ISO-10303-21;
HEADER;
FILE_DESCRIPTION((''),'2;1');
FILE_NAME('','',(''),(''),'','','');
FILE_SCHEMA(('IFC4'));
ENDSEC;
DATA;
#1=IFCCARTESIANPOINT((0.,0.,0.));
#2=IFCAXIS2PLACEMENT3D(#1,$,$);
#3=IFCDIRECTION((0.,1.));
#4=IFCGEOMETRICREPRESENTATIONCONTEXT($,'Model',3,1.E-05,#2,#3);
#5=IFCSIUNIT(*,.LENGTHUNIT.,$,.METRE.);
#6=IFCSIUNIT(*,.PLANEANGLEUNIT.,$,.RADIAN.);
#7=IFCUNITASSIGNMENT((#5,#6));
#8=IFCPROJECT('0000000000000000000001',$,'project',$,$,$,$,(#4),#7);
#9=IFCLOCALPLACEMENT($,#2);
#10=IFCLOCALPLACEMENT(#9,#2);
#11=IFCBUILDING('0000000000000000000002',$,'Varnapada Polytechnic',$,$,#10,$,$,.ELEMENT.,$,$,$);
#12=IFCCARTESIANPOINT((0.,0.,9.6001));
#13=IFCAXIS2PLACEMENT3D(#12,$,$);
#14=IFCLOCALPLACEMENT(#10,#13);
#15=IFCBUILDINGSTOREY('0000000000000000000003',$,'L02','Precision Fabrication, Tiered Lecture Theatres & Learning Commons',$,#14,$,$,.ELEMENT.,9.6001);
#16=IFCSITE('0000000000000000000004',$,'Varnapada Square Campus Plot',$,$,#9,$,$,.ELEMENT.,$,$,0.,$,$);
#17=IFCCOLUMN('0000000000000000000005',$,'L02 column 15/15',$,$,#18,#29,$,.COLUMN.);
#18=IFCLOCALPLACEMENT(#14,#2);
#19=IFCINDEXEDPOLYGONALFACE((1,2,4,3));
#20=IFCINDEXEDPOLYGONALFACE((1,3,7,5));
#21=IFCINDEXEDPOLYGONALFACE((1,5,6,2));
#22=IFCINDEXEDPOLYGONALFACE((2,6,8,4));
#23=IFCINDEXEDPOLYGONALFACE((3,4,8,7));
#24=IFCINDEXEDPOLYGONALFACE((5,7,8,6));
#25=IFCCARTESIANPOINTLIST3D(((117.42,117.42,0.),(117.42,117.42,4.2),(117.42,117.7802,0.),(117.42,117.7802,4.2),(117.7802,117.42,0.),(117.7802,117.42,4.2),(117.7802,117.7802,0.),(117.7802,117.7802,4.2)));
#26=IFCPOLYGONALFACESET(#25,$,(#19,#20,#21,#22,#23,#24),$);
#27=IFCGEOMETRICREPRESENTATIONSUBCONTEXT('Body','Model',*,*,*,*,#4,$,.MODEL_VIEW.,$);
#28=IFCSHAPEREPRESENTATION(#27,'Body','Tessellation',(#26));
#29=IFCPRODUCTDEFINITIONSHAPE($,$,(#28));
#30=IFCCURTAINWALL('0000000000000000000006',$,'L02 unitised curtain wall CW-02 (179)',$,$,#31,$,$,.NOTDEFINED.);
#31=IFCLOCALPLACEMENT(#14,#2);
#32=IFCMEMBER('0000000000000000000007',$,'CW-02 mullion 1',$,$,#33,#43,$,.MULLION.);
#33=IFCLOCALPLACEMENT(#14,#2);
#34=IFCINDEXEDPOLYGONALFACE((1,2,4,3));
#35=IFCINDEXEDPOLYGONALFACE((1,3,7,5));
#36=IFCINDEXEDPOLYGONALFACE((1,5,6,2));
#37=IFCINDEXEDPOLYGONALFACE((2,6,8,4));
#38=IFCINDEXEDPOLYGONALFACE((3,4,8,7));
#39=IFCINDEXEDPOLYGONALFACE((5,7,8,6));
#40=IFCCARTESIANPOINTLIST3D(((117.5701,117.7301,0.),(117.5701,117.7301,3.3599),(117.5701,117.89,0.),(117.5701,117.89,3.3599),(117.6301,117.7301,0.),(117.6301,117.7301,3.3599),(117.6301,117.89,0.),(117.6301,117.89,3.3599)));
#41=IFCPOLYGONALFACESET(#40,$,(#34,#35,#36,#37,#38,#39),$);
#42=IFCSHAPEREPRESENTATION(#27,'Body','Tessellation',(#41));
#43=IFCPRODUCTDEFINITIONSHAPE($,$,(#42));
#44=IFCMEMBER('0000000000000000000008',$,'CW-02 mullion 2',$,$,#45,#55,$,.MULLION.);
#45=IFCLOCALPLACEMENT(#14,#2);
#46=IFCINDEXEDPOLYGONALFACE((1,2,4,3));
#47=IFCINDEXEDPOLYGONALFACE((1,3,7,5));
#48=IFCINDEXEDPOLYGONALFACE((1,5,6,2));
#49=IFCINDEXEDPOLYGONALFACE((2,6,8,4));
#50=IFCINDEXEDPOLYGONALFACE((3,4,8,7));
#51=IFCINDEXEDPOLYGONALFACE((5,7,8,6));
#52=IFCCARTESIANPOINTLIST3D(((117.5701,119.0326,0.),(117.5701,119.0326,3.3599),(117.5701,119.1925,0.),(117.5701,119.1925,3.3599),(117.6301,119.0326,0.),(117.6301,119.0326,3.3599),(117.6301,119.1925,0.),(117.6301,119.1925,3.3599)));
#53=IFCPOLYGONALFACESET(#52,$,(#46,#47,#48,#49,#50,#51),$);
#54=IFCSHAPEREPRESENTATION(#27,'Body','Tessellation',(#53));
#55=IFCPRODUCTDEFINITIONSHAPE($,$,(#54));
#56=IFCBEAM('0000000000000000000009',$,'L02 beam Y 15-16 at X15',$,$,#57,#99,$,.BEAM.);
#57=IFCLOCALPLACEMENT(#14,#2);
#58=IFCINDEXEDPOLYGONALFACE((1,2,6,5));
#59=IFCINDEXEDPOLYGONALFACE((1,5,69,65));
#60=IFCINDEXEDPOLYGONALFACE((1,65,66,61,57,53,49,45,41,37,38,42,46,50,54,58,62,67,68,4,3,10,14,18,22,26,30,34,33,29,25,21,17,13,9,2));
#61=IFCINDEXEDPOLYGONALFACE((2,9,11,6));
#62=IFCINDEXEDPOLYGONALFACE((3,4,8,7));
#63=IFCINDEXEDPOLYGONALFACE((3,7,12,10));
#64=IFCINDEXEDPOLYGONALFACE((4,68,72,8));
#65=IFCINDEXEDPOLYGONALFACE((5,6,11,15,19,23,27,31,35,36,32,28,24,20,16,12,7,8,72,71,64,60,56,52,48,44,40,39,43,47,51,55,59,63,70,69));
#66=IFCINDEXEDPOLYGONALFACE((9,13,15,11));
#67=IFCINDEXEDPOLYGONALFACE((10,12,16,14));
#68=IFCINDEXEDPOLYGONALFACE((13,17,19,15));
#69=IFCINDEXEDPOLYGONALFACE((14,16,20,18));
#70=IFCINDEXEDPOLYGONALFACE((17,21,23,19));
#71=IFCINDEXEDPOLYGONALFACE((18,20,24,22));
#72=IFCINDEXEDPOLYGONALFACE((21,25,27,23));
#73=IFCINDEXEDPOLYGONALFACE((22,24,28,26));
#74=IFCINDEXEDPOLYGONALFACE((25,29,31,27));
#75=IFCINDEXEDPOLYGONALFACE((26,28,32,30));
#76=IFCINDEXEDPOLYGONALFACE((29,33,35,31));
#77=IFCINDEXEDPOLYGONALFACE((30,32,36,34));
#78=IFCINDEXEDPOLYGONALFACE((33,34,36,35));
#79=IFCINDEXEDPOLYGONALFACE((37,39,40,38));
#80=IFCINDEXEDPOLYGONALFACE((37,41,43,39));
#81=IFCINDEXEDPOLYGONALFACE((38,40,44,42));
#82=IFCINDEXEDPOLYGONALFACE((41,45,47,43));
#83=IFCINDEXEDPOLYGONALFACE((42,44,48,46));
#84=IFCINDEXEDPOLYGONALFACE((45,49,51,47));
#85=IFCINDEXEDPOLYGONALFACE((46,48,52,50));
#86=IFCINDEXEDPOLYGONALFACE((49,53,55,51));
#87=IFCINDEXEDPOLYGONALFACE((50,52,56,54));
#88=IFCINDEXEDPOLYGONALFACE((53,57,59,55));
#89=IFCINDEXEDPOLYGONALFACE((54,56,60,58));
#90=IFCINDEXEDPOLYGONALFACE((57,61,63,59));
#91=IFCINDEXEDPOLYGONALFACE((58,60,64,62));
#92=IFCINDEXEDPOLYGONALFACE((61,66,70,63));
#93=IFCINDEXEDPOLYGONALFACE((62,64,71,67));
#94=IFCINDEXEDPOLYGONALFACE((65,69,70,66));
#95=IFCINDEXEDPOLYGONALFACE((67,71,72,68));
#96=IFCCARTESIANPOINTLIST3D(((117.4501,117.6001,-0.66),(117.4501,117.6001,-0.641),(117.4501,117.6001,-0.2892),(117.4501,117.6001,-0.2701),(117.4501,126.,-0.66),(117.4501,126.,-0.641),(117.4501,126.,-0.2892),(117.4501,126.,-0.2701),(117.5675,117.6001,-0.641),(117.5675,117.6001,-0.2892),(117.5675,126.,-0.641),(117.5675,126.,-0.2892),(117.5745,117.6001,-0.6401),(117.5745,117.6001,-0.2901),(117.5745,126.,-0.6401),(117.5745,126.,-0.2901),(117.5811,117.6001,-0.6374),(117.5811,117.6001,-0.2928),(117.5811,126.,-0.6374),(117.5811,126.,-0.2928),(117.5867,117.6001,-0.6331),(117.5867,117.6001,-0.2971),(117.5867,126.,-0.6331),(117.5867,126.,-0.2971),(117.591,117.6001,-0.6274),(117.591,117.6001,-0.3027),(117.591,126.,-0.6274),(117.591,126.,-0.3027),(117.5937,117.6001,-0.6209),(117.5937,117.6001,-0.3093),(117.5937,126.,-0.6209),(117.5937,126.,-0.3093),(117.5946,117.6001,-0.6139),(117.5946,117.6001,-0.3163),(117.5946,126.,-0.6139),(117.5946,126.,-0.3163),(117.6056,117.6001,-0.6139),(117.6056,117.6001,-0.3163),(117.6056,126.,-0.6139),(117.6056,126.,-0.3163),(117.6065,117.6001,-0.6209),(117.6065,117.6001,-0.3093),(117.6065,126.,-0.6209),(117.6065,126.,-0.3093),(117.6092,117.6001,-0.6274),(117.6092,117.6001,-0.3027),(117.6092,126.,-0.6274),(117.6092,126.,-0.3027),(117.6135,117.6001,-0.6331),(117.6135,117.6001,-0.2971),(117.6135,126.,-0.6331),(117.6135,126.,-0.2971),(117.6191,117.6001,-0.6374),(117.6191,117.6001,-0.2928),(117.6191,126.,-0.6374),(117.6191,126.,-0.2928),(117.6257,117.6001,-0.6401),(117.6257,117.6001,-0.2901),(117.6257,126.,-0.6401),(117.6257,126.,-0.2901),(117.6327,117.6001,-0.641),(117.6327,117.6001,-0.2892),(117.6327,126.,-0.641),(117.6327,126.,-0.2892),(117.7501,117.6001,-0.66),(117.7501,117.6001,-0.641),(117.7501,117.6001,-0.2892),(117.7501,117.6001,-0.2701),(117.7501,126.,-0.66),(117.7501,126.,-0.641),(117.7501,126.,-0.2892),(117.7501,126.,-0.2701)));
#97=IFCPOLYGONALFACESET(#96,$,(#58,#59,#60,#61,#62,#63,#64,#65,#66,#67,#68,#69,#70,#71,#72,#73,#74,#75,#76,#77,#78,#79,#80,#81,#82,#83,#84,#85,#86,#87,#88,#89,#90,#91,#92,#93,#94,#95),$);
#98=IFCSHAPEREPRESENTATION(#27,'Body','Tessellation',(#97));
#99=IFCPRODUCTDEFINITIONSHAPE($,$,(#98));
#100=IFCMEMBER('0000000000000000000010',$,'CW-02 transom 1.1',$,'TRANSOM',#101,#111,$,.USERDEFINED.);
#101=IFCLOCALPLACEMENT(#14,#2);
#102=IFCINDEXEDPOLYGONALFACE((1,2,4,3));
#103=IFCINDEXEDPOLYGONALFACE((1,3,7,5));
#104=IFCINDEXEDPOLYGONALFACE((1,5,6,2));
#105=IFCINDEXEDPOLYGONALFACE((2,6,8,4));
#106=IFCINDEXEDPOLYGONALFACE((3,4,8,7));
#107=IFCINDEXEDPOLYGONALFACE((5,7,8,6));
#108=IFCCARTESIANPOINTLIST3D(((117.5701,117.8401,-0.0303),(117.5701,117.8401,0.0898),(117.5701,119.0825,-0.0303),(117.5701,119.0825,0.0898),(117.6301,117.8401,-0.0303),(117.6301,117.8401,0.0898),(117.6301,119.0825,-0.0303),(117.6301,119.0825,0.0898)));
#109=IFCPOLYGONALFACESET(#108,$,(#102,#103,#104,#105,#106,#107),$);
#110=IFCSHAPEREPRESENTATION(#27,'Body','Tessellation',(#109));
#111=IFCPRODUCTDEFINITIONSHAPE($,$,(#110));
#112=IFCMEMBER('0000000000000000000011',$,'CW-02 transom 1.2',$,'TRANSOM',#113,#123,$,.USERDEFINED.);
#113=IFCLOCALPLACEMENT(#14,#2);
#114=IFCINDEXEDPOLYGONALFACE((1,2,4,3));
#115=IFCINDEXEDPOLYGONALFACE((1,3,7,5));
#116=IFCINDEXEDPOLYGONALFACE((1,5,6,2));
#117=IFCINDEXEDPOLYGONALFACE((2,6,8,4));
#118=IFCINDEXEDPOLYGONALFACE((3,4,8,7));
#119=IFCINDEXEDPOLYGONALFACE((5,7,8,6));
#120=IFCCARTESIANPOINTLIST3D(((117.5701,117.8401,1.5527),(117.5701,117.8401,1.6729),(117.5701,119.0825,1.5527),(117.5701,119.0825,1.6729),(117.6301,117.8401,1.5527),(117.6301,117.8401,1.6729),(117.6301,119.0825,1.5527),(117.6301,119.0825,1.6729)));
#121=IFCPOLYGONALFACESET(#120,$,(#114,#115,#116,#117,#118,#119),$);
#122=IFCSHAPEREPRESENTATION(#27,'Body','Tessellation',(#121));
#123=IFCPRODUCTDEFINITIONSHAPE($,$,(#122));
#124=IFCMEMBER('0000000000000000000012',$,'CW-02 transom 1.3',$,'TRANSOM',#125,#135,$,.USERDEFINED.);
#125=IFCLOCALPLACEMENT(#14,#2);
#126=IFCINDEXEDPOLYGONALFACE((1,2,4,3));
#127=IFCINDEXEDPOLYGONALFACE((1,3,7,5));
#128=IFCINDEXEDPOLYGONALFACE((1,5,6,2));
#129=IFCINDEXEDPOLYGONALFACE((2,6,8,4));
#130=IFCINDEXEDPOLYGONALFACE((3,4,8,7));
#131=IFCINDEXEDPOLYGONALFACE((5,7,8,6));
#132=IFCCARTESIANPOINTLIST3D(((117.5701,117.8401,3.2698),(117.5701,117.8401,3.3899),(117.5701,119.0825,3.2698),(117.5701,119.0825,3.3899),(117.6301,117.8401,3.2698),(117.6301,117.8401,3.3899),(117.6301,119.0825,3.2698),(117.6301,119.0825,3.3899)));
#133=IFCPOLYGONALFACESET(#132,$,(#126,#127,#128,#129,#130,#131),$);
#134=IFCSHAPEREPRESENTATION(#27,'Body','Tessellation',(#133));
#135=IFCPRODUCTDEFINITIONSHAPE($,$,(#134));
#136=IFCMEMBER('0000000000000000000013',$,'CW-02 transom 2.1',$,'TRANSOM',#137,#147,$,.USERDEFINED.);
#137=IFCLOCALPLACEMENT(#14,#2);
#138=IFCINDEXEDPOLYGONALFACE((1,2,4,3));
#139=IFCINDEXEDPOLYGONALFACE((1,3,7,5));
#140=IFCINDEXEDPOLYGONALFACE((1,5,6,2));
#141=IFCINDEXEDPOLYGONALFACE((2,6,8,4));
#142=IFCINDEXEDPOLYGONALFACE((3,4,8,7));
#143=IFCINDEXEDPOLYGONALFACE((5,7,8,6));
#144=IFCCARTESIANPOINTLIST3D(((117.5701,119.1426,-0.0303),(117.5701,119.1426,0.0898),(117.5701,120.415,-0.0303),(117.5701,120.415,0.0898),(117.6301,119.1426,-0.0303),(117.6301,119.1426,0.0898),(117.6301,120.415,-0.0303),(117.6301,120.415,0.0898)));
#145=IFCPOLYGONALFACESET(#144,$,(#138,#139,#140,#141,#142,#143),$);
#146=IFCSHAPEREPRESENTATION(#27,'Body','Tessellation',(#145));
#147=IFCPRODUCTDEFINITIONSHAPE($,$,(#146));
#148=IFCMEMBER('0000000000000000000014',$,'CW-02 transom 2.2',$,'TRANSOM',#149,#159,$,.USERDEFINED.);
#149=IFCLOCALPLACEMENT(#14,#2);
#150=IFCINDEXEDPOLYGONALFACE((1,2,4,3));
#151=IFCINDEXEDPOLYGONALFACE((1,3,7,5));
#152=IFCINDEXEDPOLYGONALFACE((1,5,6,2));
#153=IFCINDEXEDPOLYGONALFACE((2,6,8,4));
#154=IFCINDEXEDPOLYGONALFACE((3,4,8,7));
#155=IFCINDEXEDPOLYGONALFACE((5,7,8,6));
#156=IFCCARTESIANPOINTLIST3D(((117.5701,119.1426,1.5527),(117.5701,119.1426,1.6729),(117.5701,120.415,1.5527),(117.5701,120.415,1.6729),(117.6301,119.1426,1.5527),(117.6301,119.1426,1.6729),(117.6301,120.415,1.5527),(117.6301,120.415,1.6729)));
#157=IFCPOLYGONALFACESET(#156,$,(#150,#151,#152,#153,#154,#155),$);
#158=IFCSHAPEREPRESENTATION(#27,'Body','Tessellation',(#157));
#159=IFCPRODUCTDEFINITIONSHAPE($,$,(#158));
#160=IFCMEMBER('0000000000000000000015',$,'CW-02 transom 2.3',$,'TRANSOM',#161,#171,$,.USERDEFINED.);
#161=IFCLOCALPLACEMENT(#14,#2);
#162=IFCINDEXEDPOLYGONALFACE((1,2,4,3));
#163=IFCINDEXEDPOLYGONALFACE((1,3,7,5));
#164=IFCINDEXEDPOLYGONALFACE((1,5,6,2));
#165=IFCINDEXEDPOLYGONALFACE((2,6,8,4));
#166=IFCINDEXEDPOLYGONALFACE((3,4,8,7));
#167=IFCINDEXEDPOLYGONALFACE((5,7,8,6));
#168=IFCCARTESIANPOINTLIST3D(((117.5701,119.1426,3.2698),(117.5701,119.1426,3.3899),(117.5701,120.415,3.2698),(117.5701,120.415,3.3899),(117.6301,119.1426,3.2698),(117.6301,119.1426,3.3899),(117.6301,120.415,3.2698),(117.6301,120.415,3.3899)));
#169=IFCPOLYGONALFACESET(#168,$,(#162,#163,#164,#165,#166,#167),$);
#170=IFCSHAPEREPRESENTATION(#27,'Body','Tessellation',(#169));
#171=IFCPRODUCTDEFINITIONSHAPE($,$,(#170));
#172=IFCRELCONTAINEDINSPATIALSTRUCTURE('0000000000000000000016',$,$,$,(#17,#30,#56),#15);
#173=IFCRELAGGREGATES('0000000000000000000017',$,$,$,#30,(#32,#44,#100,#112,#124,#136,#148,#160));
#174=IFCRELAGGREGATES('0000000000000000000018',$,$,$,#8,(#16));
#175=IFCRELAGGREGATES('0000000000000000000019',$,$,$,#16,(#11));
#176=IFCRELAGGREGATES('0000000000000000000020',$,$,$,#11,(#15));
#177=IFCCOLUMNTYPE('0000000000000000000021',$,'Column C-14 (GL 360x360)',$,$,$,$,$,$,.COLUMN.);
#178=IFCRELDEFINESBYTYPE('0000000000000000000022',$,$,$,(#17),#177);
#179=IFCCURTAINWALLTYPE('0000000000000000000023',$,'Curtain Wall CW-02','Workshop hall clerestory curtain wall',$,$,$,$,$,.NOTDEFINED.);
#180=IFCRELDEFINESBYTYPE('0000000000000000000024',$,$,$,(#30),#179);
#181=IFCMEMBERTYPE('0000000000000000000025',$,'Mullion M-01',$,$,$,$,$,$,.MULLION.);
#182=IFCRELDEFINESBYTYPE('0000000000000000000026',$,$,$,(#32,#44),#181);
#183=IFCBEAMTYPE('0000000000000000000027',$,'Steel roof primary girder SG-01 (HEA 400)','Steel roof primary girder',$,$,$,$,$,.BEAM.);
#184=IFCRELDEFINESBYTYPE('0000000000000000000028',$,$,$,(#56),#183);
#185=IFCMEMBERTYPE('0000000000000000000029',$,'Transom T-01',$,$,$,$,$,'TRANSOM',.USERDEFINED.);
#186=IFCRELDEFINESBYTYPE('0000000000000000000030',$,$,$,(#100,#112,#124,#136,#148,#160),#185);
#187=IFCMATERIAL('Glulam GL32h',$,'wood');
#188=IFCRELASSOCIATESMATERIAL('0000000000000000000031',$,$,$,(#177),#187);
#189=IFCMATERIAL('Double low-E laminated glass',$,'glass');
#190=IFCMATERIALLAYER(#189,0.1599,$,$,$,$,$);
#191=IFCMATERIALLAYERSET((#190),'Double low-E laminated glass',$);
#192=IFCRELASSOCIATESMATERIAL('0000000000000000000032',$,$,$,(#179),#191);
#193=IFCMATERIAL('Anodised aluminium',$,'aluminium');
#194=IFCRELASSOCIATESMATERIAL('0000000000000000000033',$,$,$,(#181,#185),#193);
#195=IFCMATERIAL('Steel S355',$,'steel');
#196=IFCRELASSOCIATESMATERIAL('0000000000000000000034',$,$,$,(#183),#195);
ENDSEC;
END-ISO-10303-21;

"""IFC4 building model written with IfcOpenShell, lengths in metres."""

from ifc_helpers import new_model, si_unit, direction, frame, origin, origin_2d, place, context, subcontext, project, spatial, rectangle, i_section, extrude, material, layer, layer_set, material_profile, profile_set, type_object, element, aggregate, save


model = new_model("IFC4")

# Units and contexts
model_context = context("Model", 3, precision=1e-05, world=origin(), true_north=direction((0.0, 1.0)))
body_context = subcontext(model_context, "Body", "Model", "MODEL_VIEW")
ifc_project = project(units=[si_unit("LENGTHUNIT", "METRE"), si_unit("PLANEANGLEUNIT", "RADIAN")], contexts=[model_context])

# Site, building, storey
site_placement = place(None, origin())
site = spatial("IfcSite", under=ifc_project, at=site_placement, Name="Varnapada Square Campus Plot", CompositionType="ELEMENT", RefElevation=0.0)
building_placement = place(site_placement, origin())
building = spatial("IfcBuilding", under=site, at=building_placement, Name="Varnapada Polytechnic", CompositionType="ELEMENT")
storey_placement = place(building_placement, frame((0.0, 0.0, 9.6001)))
storey = spatial("IfcBuildingStorey", under=building, at=storey_placement, Name="L02", Description="Precision Fabrication, Tiered Lecture Theatres & Learning Commons", CompositionType="ELEMENT", Elevation=9.6001)

# Column
ifc_material_1 = material(Name="Glulam GL32h", Category="wood")
ifc_material_profile_1 = material_profile(ifc_material_1, rectangle(XDim=0.3601, YDim=0.3601, at=origin_2d()), Name="GL 360x360")
ifc_profile_set_1 = profile_set([ifc_material_profile_1], Name="Glulam GL32h")
column_type = type_object("IfcColumnType", Name="Column C-14 (GL 360x360)", PredefinedType="COLUMN", material=ifc_profile_set_1)
column_placement = place(storey_placement, frame((117.6001, 117.6001, 0.0), z_axis=(0.0, 0.0, 1.0), x_axis=(1.0, 0.0, 0.0)))
element("IfcColumn", 1, at=column_placement, inside=storey, type_object=column_type, Name="L02 column 15/15", PredefinedType="COLUMN", context=body_context, shape_type="SweptSolid", body=[
    extrude(rectangle(XDim=0.3601, YDim=0.3601, at=origin_2d()), origin(), (0.0, 0.0, 1.0), 4.2),
])

# Curtain wall, members
ifc_material_2 = material(Name="Double low-E laminated glass", Category="glass")
ifc_layer_1 = layer(ifc_material_2, 0.1599)
ifc_layer_set_1 = layer_set([ifc_layer_1], Name="Double low-E laminated glass")
curtain_wall_type = type_object("IfcCurtainWallType", Name="Curtain Wall CW-02", Description="Workshop hall clerestory curtain wall", PredefinedType="NOTDEFINED", material=ifc_layer_set_1)
curtain_wall_placement = place(storey_placement, origin())
curtain_wall = element("IfcCurtainWall", 2, at=curtain_wall_placement, inside=storey, type_object=curtain_wall_type, Name="L02 unitised curtain wall CW-02 (179)", PredefinedType="NOTDEFINED")
ifc_material_3 = material(Name="Anodised aluminium", Category="aluminium")
ifc_material_profile_2 = material_profile(ifc_material_3, rectangle(XDim=0.0601, YDim=0.1599, at=origin_2d()), Name="ALU M60x160")
ifc_profile_set_2 = profile_set([ifc_material_profile_2], Name="Anodised aluminium")
member_type_1 = type_object("IfcMemberType", Name="Mullion M-01", PredefinedType="MULLION", material=ifc_profile_set_2)
member_1_placement = place(storey_placement, frame((117.6001, 117.8101, 0.0), z_axis=(0.0, 0.0, 1.0), x_axis=(-1.0, 0.0, 0.0)))
member_1 = element("IfcMember", 3, at=member_1_placement, type_object=member_type_1, Name="CW-02 mullion 1", PredefinedType="MULLION", context=body_context, shape_type="SweptSolid", body=[
    extrude(rectangle(XDim=0.0601, YDim=0.1599, at=origin_2d()), origin(), (0.0, 0.0, 1.0), 3.3599),
])
member_2_placement = place(storey_placement, frame((117.6001, 119.1125, 0.0), z_axis=(0.0, 0.0, 1.0), x_axis=(-1.0, 0.0, 0.0)))
member_2 = element("IfcMember", 4, at=member_2_placement, type_object=member_type_1, Name="CW-02 mullion 2", PredefinedType="MULLION", context=body_context, shape_type="SweptSolid", body=[
    extrude(rectangle(XDim=0.0601, YDim=0.1599, at=origin_2d()), origin(), (0.0, 0.0, 1.0), 3.3599),
])

# Beam
ifc_material_4 = material(Name="Steel S355", Category="steel")
ifc_material_profile_3 = material_profile(ifc_material_4, i_section(OverallWidth=0.3, OverallDepth=0.3899, WebThickness=0.011, FlangeThickness=0.019, FilletRadius=0.0271, at=origin_2d()), Name="HEA 400")
ifc_profile_set_3 = profile_set([ifc_material_profile_3], Name="Steel S355")
beam_type_1 = type_object("IfcBeamType", Name="Steel roof primary girder SG-01 (HEA 400)", Description="Steel roof primary girder", PredefinedType="BEAM", material=ifc_profile_set_3)
beam_1_placement = place(storey_placement, frame((117.6001, 117.6001, -0.4651), z_axis=(0.0, 1.0, 0.0), x_axis=(-1.0, 0.0, 0.0)))
element("IfcBeam", 5, at=beam_1_placement, inside=storey, type_object=beam_type_1, Name="L02 beam Y 15-16 at X15", PredefinedType="BEAM", context=body_context, shape_type="SweptSolid", body=[
    extrude(i_section(OverallWidth=0.3, OverallDepth=0.3899, WebThickness=0.011, FlangeThickness=0.019, FilletRadius=0.0271, at=origin_2d()), origin(), (0.0, 0.0, 1.0), 8.3999),
])

# Members
ifc_material_profile_4 = material_profile(ifc_material_3, rectangle(XDim=0.0601, YDim=0.1201, at=origin_2d()), Name="ALU T60x120")
ifc_profile_set_4 = profile_set([ifc_material_profile_4], Name="Anodised aluminium")
member_type_2 = type_object("IfcMemberType", Name="Transom T-01", ElementType="TRANSOM", PredefinedType="USERDEFINED", material=ifc_profile_set_4)
member_3_placement = place(storey_placement, frame((117.6001, 117.8401, 0.0298), z_axis=(0.0, 1.0, 0.0), x_axis=(-1.0, 0.0, 0.0)))
member_3 = element("IfcMember", 6, at=member_3_placement, type_object=member_type_2, Name="CW-02 transom 1.1", ObjectType="TRANSOM", PredefinedType="USERDEFINED", context=body_context, shape_type="SweptSolid", body=[
    extrude(rectangle(XDim=0.0601, YDim=0.1201, at=origin_2d()), origin(), (0.0, 0.0, 1.0), 1.2424),
])
member_4_placement = place(storey_placement, frame((117.6001, 117.8401, 1.6128), z_axis=(0.0, 1.0, 0.0), x_axis=(-1.0, 0.0, 0.0)))
member_4 = element("IfcMember", 7, at=member_4_placement, type_object=member_type_2, Name="CW-02 transom 1.2", ObjectType="TRANSOM", PredefinedType="USERDEFINED", context=body_context, shape_type="SweptSolid", body=[
    extrude(rectangle(XDim=0.0601, YDim=0.1201, at=origin_2d()), origin(), (0.0, 0.0, 1.0), 1.2424),
])
member_5_placement = place(storey_placement, frame((117.6001, 117.8401, 3.3298), z_axis=(0.0, 1.0, 0.0), x_axis=(-1.0, 0.0, 0.0)))
member_5 = element("IfcMember", 8, at=member_5_placement, type_object=member_type_2, Name="CW-02 transom 1.3", ObjectType="TRANSOM", PredefinedType="USERDEFINED", context=body_context, shape_type="SweptSolid", body=[
    extrude(rectangle(XDim=0.0601, YDim=0.1201, at=origin_2d()), origin(), (0.0, 0.0, 1.0), 1.2424),
])
member_6_placement = place(storey_placement, frame((117.6001, 119.1426, 0.0298), z_axis=(0.0, 1.0, 0.0), x_axis=(-1.0, 0.0, 0.0)))
member_6 = element("IfcMember", 9, at=member_6_placement, type_object=member_type_2, Name="CW-02 transom 2.1", ObjectType="TRANSOM", PredefinedType="USERDEFINED", context=body_context, shape_type="SweptSolid", body=[
    extrude(rectangle(XDim=0.0601, YDim=0.1201, at=origin_2d()), origin(), (0.0, 0.0, 1.0), 1.2725),
])
member_7_placement = place(storey_placement, frame((117.6001, 119.1426, 1.6128), z_axis=(0.0, 1.0, 0.0), x_axis=(-1.0, 0.0, 0.0)))
member_7 = element("IfcMember", 10, at=member_7_placement, type_object=member_type_2, Name="CW-02 transom 2.2", ObjectType="TRANSOM", PredefinedType="USERDEFINED", context=body_context, shape_type="SweptSolid", body=[
    extrude(rectangle(XDim=0.0601, YDim=0.1201, at=origin_2d()), origin(), (0.0, 0.0, 1.0), 1.2725),
])
member_8_placement = place(storey_placement, frame((117.6001, 119.1426, 3.3298), z_axis=(0.0, 1.0, 0.0), x_axis=(-1.0, 0.0, 0.0)))
member_8 = element("IfcMember", 11, at=member_8_placement, type_object=member_type_2, Name="CW-02 transom 2.3", ObjectType="TRANSOM", PredefinedType="USERDEFINED", context=body_context, shape_type="SweptSolid", body=[
    extrude(rectangle(XDim=0.0601, YDim=0.1201, at=origin_2d()), origin(), (0.0, 0.0, 1.0), 1.2725),
])

aggregate(curtain_wall, [member_1, member_2, member_3, member_4, member_5, member_6, member_7, member_8])

save(model, "model.ifc")
